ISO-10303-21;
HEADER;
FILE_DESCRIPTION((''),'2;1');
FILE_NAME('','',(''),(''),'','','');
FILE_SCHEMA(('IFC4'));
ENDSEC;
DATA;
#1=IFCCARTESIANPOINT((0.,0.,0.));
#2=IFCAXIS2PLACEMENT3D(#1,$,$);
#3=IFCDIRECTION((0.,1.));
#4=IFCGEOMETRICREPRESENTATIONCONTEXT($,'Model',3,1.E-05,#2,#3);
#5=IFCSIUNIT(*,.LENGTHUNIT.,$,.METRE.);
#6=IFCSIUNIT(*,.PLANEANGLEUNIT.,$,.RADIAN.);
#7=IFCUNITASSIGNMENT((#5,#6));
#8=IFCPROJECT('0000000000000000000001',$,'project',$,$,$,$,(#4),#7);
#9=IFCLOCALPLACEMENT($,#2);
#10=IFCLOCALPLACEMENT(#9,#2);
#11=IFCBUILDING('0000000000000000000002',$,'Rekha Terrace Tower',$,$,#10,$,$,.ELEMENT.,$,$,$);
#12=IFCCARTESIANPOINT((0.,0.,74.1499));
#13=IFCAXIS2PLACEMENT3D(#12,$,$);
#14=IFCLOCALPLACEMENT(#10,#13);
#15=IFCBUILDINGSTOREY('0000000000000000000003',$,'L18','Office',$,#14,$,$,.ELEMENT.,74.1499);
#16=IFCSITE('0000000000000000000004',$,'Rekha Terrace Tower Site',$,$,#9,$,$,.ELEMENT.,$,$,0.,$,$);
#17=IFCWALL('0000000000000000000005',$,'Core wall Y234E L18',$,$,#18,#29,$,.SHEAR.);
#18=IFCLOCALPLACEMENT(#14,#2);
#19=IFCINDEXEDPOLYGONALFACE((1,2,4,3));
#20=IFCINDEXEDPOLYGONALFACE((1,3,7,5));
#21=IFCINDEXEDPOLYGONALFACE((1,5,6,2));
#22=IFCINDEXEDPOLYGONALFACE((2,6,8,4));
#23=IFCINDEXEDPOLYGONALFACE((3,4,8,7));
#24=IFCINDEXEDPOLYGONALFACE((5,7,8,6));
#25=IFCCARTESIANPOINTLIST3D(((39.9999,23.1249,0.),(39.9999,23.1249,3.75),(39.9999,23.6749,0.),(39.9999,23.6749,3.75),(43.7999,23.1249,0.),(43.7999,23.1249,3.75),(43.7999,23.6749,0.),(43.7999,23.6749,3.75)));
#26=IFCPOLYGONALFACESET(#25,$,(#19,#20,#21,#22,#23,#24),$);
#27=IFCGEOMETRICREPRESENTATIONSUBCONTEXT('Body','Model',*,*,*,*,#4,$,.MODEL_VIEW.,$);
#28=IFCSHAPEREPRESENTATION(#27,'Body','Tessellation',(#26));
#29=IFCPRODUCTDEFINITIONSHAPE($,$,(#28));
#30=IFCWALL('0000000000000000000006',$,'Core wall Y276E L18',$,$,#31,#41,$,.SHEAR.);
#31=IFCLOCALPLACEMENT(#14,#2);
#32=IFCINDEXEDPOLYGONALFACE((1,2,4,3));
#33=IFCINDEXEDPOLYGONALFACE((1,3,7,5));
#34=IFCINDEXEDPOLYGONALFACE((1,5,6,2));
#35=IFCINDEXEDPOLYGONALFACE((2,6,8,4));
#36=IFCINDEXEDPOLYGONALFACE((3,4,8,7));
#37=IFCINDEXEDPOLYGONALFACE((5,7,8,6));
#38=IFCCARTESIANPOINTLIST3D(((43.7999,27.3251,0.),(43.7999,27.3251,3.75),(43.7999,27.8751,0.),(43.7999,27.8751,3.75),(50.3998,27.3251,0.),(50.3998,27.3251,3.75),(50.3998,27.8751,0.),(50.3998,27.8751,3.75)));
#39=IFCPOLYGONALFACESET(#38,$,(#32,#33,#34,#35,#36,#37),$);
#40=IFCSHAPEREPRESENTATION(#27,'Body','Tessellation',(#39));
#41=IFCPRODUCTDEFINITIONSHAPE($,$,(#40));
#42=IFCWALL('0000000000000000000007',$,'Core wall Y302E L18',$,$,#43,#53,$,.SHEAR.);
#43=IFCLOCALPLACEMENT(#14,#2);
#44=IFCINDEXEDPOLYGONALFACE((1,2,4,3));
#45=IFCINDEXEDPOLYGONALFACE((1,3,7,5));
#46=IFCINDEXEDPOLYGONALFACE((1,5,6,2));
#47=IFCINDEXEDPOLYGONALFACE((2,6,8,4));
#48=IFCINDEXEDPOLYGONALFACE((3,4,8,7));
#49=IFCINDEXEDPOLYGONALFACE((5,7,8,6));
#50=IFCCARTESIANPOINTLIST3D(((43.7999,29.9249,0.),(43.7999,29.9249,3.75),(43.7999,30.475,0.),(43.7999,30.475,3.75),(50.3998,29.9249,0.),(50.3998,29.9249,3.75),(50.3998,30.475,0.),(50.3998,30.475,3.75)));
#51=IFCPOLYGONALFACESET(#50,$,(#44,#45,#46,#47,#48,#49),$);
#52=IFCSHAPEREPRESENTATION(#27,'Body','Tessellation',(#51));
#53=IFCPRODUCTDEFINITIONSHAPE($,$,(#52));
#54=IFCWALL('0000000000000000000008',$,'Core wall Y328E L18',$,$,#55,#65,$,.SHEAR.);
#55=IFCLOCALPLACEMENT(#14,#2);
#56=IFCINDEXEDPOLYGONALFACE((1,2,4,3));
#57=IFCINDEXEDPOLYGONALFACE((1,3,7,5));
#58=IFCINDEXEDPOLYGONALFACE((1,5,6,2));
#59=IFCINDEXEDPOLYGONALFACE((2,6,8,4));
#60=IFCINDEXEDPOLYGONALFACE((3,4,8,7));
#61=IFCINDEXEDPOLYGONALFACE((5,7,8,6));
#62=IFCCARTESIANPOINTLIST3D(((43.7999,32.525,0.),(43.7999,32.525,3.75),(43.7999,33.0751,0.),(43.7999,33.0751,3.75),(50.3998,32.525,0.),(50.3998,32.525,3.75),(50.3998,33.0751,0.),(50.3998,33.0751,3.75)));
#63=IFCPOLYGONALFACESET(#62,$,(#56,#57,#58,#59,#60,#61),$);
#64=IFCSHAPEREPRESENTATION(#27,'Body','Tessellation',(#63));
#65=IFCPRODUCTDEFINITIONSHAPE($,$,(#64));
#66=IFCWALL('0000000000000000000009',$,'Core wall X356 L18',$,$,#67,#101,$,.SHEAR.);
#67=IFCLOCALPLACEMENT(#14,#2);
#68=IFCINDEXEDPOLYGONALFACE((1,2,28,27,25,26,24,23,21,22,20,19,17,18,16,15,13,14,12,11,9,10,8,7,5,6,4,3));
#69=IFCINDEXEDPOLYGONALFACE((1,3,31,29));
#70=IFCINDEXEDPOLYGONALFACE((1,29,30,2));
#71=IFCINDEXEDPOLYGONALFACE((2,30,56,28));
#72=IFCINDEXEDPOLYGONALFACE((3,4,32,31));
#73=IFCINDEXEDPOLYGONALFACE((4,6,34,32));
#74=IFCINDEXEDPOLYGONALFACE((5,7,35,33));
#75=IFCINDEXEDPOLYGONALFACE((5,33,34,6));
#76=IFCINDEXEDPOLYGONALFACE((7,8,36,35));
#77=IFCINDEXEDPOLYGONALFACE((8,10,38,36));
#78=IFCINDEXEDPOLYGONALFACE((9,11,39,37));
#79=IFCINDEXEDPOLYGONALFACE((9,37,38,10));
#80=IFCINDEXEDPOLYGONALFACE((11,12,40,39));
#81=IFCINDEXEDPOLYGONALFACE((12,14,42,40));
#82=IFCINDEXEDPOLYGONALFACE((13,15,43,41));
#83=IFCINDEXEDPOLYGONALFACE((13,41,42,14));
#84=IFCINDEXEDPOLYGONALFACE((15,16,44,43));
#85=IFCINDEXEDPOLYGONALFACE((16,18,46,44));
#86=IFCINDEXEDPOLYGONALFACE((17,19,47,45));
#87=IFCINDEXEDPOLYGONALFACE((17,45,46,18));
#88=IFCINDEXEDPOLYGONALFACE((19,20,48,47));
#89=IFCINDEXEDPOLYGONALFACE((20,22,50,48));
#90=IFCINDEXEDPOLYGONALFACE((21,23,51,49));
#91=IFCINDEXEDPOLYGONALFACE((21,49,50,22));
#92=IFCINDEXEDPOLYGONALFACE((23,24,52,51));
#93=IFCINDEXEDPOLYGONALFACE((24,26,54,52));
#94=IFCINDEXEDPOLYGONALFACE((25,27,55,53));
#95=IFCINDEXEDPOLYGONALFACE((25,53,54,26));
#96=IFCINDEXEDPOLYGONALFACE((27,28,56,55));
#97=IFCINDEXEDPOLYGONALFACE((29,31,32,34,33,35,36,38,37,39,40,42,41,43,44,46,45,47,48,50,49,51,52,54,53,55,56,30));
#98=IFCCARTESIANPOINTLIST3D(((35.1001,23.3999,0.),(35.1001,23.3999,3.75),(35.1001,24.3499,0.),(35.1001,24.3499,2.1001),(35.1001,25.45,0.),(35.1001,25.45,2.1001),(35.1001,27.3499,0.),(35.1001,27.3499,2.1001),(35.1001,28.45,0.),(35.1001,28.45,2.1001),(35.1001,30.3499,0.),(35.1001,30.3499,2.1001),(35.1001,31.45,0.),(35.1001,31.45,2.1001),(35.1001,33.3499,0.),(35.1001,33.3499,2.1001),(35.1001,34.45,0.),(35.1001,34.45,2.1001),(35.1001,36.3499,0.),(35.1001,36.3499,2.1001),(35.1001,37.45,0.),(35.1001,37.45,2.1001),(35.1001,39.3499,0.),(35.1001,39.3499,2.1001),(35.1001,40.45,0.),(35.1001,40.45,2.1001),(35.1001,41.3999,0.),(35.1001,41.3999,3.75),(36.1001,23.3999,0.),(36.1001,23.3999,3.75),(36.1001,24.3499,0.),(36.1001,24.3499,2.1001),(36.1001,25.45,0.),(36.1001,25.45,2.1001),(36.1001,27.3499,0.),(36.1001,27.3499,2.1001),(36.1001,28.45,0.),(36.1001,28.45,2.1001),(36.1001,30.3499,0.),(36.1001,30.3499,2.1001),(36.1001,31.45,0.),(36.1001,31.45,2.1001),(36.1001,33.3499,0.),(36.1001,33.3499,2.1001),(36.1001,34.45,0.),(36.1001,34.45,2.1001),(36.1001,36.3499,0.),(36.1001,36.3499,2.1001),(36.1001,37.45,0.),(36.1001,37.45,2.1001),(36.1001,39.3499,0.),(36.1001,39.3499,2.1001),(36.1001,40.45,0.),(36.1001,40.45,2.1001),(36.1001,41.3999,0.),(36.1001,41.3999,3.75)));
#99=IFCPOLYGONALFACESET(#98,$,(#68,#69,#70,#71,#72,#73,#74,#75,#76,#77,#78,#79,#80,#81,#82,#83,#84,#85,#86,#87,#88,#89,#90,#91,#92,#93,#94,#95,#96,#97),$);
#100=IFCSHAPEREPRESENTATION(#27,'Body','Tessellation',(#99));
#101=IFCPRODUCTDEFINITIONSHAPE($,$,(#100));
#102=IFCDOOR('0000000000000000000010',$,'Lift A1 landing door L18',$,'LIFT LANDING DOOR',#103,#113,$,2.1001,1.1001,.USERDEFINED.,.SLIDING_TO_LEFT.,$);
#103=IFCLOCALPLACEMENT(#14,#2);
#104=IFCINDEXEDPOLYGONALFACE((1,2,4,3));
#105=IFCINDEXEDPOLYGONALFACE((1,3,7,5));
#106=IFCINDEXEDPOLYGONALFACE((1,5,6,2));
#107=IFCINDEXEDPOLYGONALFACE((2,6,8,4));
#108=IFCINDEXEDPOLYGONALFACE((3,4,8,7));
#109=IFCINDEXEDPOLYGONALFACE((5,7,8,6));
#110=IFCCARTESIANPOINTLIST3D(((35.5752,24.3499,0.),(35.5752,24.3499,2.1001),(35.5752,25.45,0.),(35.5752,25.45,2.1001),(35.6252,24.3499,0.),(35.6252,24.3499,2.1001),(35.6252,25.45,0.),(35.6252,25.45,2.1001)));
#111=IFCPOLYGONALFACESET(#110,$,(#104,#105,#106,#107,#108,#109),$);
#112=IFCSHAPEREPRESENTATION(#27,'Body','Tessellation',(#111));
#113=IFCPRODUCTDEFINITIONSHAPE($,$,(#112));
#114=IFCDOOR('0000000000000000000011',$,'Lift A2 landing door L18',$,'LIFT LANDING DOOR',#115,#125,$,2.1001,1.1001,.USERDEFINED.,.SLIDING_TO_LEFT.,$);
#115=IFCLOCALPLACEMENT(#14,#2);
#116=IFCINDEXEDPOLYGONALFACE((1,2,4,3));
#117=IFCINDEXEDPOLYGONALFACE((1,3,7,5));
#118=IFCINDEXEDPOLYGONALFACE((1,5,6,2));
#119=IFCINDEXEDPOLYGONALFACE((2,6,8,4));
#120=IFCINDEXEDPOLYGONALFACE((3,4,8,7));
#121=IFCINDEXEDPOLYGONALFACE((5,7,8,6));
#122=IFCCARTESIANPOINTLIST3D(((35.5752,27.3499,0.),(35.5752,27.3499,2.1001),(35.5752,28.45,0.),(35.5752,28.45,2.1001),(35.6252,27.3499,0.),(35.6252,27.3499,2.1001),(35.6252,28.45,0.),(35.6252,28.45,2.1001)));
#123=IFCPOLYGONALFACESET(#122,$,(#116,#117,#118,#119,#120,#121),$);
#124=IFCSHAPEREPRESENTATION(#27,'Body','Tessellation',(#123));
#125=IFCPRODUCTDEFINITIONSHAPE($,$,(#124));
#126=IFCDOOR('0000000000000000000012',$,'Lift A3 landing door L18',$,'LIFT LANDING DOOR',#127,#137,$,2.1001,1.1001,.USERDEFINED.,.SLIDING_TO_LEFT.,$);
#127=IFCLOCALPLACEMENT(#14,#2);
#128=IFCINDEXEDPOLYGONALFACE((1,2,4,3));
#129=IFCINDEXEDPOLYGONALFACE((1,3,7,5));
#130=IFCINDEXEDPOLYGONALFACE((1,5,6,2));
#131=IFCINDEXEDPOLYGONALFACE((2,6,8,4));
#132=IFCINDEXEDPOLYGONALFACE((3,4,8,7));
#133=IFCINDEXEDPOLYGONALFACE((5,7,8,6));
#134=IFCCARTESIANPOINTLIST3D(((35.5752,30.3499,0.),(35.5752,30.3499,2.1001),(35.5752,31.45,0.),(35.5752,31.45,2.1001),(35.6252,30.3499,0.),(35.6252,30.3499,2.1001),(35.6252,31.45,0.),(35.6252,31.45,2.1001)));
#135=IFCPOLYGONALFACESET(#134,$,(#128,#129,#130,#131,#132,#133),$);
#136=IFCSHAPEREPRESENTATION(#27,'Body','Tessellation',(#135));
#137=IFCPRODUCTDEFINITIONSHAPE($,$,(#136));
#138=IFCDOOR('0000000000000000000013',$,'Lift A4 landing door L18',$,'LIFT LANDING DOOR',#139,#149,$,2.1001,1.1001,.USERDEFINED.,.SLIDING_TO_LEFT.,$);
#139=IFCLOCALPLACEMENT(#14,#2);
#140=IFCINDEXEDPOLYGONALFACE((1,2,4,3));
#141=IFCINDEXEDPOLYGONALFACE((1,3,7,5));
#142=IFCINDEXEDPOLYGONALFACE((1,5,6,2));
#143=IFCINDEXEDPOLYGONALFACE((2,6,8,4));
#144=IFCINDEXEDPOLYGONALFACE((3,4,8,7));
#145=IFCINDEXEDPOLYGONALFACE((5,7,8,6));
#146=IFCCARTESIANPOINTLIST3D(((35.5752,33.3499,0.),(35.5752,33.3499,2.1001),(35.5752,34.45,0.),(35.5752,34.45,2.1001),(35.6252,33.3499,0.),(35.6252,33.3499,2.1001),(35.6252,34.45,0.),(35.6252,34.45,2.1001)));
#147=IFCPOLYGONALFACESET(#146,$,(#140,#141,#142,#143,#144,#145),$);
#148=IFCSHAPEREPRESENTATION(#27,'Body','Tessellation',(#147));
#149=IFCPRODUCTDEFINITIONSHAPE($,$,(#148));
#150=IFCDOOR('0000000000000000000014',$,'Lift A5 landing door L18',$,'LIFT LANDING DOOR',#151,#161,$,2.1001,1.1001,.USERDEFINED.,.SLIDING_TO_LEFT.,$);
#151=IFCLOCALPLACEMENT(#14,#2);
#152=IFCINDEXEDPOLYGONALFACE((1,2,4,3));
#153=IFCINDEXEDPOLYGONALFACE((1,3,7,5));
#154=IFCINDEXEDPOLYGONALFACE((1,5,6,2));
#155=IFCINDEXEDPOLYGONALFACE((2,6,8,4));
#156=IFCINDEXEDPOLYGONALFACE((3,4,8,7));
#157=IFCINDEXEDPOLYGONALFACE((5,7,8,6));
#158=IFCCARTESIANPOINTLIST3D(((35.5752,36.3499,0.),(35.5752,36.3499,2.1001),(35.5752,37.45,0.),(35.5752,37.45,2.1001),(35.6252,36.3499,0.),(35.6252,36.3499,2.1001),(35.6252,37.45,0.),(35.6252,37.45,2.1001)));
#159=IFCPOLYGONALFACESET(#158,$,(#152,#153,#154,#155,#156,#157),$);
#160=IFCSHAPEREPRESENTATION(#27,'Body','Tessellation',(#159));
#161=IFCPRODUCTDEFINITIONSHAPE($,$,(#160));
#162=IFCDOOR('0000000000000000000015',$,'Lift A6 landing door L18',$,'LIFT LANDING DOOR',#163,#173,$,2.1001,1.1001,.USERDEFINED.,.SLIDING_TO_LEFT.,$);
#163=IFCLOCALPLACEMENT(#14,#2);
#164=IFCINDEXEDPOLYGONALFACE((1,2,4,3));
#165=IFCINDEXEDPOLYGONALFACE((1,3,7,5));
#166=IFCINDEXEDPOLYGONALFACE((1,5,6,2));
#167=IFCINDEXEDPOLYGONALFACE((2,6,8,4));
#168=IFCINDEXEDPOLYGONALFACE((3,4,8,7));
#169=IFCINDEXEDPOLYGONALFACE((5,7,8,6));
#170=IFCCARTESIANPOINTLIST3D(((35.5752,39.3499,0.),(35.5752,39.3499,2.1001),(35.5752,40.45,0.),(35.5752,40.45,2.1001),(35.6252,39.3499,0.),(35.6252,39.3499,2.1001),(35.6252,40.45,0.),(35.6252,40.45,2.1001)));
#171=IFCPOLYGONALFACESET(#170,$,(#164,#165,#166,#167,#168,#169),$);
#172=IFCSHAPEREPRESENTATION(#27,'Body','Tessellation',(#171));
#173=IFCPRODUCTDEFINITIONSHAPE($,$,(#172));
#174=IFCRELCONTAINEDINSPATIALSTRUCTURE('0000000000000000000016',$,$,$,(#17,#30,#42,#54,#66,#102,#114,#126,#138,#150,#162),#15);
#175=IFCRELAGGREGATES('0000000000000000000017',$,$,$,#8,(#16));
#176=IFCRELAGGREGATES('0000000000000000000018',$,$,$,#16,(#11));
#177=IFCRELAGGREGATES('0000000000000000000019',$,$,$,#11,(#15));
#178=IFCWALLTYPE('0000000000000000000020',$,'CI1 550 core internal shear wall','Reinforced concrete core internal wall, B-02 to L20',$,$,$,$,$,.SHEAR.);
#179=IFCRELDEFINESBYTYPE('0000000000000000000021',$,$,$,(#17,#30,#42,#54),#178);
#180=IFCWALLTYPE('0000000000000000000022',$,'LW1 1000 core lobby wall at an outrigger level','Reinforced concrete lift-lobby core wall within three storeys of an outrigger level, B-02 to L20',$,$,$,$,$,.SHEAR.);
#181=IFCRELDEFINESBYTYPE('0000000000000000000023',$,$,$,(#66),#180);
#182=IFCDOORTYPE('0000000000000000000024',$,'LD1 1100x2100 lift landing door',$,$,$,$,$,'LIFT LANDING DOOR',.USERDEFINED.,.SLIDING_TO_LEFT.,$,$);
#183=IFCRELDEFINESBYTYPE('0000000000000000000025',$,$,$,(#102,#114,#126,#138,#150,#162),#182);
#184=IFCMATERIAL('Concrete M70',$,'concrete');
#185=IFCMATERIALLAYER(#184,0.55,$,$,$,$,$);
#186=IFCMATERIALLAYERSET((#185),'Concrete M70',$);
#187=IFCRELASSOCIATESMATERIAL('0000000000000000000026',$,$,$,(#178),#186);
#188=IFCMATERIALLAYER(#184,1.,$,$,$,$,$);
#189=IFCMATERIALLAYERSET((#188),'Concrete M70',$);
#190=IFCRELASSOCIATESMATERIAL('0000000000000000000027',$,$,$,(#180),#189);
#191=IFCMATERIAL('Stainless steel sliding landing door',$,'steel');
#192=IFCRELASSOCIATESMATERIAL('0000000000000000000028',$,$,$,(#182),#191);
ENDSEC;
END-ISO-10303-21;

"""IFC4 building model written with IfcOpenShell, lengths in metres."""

from ifc_helpers import new_model, si_unit, direction, frame, frame_2d, origin, place, context, subcontext, project, spatial, rectangle, extrude, material, layer, layer_set, type_object, element, fill, save


model = new_model("IFC4")

# Units and contexts
model_context = context("Model", 3, precision=1e-05, world=origin(), true_north=direction((0.0, 1.0)))
body_context = subcontext(model_context, "Body", "Model", "MODEL_VIEW")
ifc_project = project(units=[si_unit("LENGTHUNIT", "METRE"), si_unit("PLANEANGLEUNIT", "RADIAN")], contexts=[model_context])

# Site, building, storey
site_placement = place(None, origin())
site = spatial("IfcSite", under=ifc_project, at=site_placement, Name="Rekha Terrace Tower Site", CompositionType="ELEMENT", RefElevation=0.0)
building_placement = place(site_placement, origin())
building = spatial("IfcBuilding", under=site, at=building_placement, Name="Rekha Terrace Tower", CompositionType="ELEMENT")
storey_placement = place(building_placement, frame((0.0, 0.0, 74.1499)))
storey = spatial("IfcBuildingStorey", under=building, at=storey_placement, Name="L18", Description="Office", CompositionType="ELEMENT", Elevation=74.1499)

# Walls
ifc_material_1 = material(Name="Concrete M70", Category="concrete")
ifc_layer_1 = layer(ifc_material_1, 0.55)
ifc_layer_set_1 = layer_set([ifc_layer_1], Name="Concrete M70")
wall_type_1 = type_object("IfcWallType", Name="CI1 550 core internal shear wall", Description="Reinforced concrete core internal wall, B-02 to L20", PredefinedType="SHEAR", material=ifc_layer_set_1)
wall_1_placement = place(storey_placement, frame((40.0, 23.3999, 0.0), z_axis=(0.0, 0.0, 1.0), x_axis=(1.0, 0.0, 0.0)))
element("IfcWall", 1, at=wall_1_placement, inside=storey, type_object=wall_type_1, Name="Core wall Y234E L18", PredefinedType="SHEAR", context=body_context, shape_type="SweptSolid", body=[
    extrude(rectangle(XDim=3.8, YDim=0.55, at=frame_2d((1.8999, 0.0))), origin(), (0.0, 0.0, 1.0), 3.75),
])
for number, where, z_axis, x_axis, name in (
    (2, (43.8, 27.6001, 0.0), (0.0, 0.0, 1.0), (1.0, 0.0, 0.0), "Core wall Y276E L18"),
    (3, (43.8, 30.2, 0.0), (0.0, 0.0, 1.0), (1.0, 0.0, 0.0), "Core wall Y302E L18"),
    (4, (43.8, 32.8, 0.0), (0.0, 0.0, 1.0), (1.0, 0.0, 0.0), "Core wall Y328E L18"),
):
    element("IfcWall", number, at=place(storey_placement, frame(where, z_axis=z_axis, x_axis=x_axis)), inside=storey, type_object=wall_type_1, Name=name, PredefinedType="SHEAR", context=body_context, shape_type="SweptSolid", body=[
        extrude(rectangle(XDim=6.5999, YDim=0.55, at=frame_2d((3.2998, 0.0))), origin(), (0.0, 0.0, 1.0), 3.75),
    ])

# Wall, openings, doors
ifc_layer_2 = layer(ifc_material_1, 1.0)
ifc_layer_set_2 = layer_set([ifc_layer_2], Name="Concrete M70")
wall_type_2 = type_object("IfcWallType", Name="LW1 1000 core lobby wall at an outrigger level", Description="Reinforced concrete lift-lobby core wall within three storeys of an outrigger level, B-02 to L20", PredefinedType="SHEAR", material=ifc_layer_set_2)
wall_2_placement = place(storey_placement, frame((35.6001, 23.3999, 0.0), z_axis=(0.0, 0.0, 1.0), x_axis=(0.0, 1.0, 0.0)))
wall_2 = element("IfcWall", 5, at=wall_2_placement, inside=storey, type_object=wall_type_2, Name="Core wall X356 L18", PredefinedType="SHEAR", context=body_context, shape_type="SweptSolid", body=[
    extrude(rectangle(XDim=18.0, YDim=1.0, at=frame_2d((9.0, 0.0))), origin(), (0.0, 0.0, 1.0), 3.75),
])
opening_1_placement = place(wall_2_placement, frame((0.95, 0.0, 0.0)))
opening_1 = element("IfcOpeningElement", 6, at=opening_1_placement, cuts=wall_2, PredefinedType="OPENING", context=body_context, shape_type="SweptSolid", body=[
    extrude(rectangle(XDim=1.1001, YDim=2.1001, at=frame_2d((0.55, 1.05))), frame((0.0, 0.51, 0.0), z_axis=(0.0, -1.0, 0.0), x_axis=(1.0, 0.0, 0.0)), (0.0, 0.0, 1.0), 1.02),
])
opening_2_placement = place(wall_2_placement, frame((3.95, 0.0, 0.0)))
opening_2 = element("IfcOpeningElement", 7, at=opening_2_placement, cuts=wall_2, PredefinedType="OPENING", context=body_context, shape_type="SweptSolid", body=[
    extrude(rectangle(XDim=1.1001, YDim=2.1001, at=frame_2d((0.55, 1.05))), frame((0.0, 0.51, 0.0), z_axis=(0.0, -1.0, 0.0), x_axis=(1.0, 0.0, 0.0)), (0.0, 0.0, 1.0), 1.02),
])
opening_3_placement = place(wall_2_placement, frame((6.95, 0.0, 0.0)))
opening_3 = element("IfcOpeningElement", 8, at=opening_3_placement, cuts=wall_2, PredefinedType="OPENING", context=body_context, shape_type="SweptSolid", body=[
    extrude(rectangle(XDim=1.1001, YDim=2.1001, at=frame_2d((0.55, 1.05))), frame((0.0, 0.51, 0.0), z_axis=(0.0, -1.0, 0.0), x_axis=(1.0, 0.0, 0.0)), (0.0, 0.0, 1.0), 1.02),
])
opening_4_placement = place(wall_2_placement, frame((9.95, 0.0, 0.0)))
opening_4 = element("IfcOpeningElement", 9, at=opening_4_placement, cuts=wall_2, PredefinedType="OPENING", context=body_context, shape_type="SweptSolid", body=[
    extrude(rectangle(XDim=1.1001, YDim=2.1001, at=frame_2d((0.55, 1.05))), frame((0.0, 0.51, 0.0), z_axis=(0.0, -1.0, 0.0), x_axis=(1.0, 0.0, 0.0)), (0.0, 0.0, 1.0), 1.02),
])
opening_5_placement = place(wall_2_placement, frame((12.95, 0.0, 0.0)))
opening_5 = element("IfcOpeningElement", 10, at=opening_5_placement, cuts=wall_2, PredefinedType="OPENING", context=body_context, shape_type="SweptSolid", body=[
    extrude(rectangle(XDim=1.1001, YDim=2.1001, at=frame_2d((0.55, 1.05))), frame((0.0, 0.51, 0.0), z_axis=(0.0, -1.0, 0.0), x_axis=(1.0, 0.0, 0.0)), (0.0, 0.0, 1.0), 1.02),
])
opening_6_placement = place(wall_2_placement, frame((15.95, 0.0, 0.0)))
opening_6 = element("IfcOpeningElement", 11, at=opening_6_placement, cuts=wall_2, PredefinedType="OPENING", context=body_context, shape_type="SweptSolid", body=[
    extrude(rectangle(XDim=1.1001, YDim=2.1001, at=frame_2d((0.55, 1.05))), frame((0.0, 0.51, 0.0), z_axis=(0.0, -1.0, 0.0), x_axis=(1.0, 0.0, 0.0)), (0.0, 0.0, 1.0), 1.02),
])
ifc_material_2 = material(Name="Stainless steel sliding landing door", Category="steel")
door_type_1 = type_object("IfcDoorType", Name="LD1 1100x2100 lift landing door", ElementType="LIFT LANDING DOOR", OperationType="SLIDING_TO_LEFT", PredefinedType="USERDEFINED", material=ifc_material_2)
door_1_placement = place(opening_1_placement, origin())
door_1 = element("IfcDoor", 12, at=door_1_placement, inside=storey, type_object=door_type_1, Name="Lift A1 landing door L18", ObjectType="LIFT LANDING DOOR", OperationType="SLIDING_TO_LEFT", OverallHeight=2.1001, OverallWidth=1.1001, PredefinedType="USERDEFINED", context=body_context, shape_type="SweptSolid", body=[
    extrude(rectangle(XDim=1.1001, YDim=2.1001, at=frame_2d((0.55, 1.05))), frame((0.0, 0.0249, 0.0), z_axis=(0.0, -1.0, 0.0), x_axis=(1.0, 0.0, 0.0)), (0.0, 0.0, 1.0), 0.05),
])
fill(opening_1, door_1)
door_2_placement = place(opening_2_placement, origin())
door_2 = element("IfcDoor", 13, at=door_2_placement, inside=storey, type_object=door_type_1, Name="Lift A2 landing door L18", ObjectType="LIFT LANDING DOOR", OperationType="SLIDING_TO_LEFT", OverallHeight=2.1001, OverallWidth=1.1001, PredefinedType="USERDEFINED", context=body_context, shape_type="SweptSolid", body=[
    extrude(rectangle(XDim=1.1001, YDim=2.1001, at=frame_2d((0.55, 1.05))), frame((0.0, 0.0249, 0.0), z_axis=(0.0, -1.0, 0.0), x_axis=(1.0, 0.0, 0.0)), (0.0, 0.0, 1.0), 0.05),
])
fill(opening_2, door_2)
door_3_placement = place(opening_3_placement, origin())
door_3 = element("IfcDoor", 14, at=door_3_placement, inside=storey, type_object=door_type_1, Name="Lift A3 landing door L18", ObjectType="LIFT LANDING DOOR", OperationType="SLIDING_TO_LEFT", OverallHeight=2.1001, OverallWidth=1.1001, PredefinedType="USERDEFINED", context=body_context, shape_type="SweptSolid", body=[
    extrude(rectangle(XDim=1.1001, YDim=2.1001, at=frame_2d((0.55, 1.05))), frame((0.0, 0.0249, 0.0), z_axis=(0.0, -1.0, 0.0), x_axis=(1.0, 0.0, 0.0)), (0.0, 0.0, 1.0), 0.05),
])
fill(opening_3, door_3)
door_4_placement = place(opening_4_placement, origin())
door_4 = element("IfcDoor", 15, at=door_4_placement, inside=storey, type_object=door_type_1, Name="Lift A4 landing door L18", ObjectType="LIFT LANDING DOOR", OperationType="SLIDING_TO_LEFT", OverallHeight=2.1001, OverallWidth=1.1001, PredefinedType="USERDEFINED", context=body_context, shape_type="SweptSolid", body=[
    extrude(rectangle(XDim=1.1001, YDim=2.1001, at=frame_2d((0.55, 1.05))), frame((0.0, 0.0249, 0.0), z_axis=(0.0, -1.0, 0.0), x_axis=(1.0, 0.0, 0.0)), (0.0, 0.0, 1.0), 0.05),
])
fill(opening_4, door_4)
door_5_placement = place(opening_5_placement, origin())
door_5 = element("IfcDoor", 16, at=door_5_placement, inside=storey, type_object=door_type_1, Name="Lift A5 landing door L18", ObjectType="LIFT LANDING DOOR", OperationType="SLIDING_TO_LEFT", OverallHeight=2.1001, OverallWidth=1.1001, PredefinedType="USERDEFINED", context=body_context, shape_type="SweptSolid", body=[
    extrude(rectangle(XDim=1.1001, YDim=2.1001, at=frame_2d((0.55, 1.05))), frame((0.0, 0.0249, 0.0), z_axis=(0.0, -1.0, 0.0), x_axis=(1.0, 0.0, 0.0)), (0.0, 0.0, 1.0), 0.05),
])
fill(opening_5, door_5)
door_6_placement = place(opening_6_placement, origin())
door_6 = element("IfcDoor", 17, at=door_6_placement, inside=storey, type_object=door_type_1, Name="Lift A6 landing door L18", ObjectType="LIFT LANDING DOOR", OperationType="SLIDING_TO_LEFT", OverallHeight=2.1001, OverallWidth=1.1001, PredefinedType="USERDEFINED", context=body_context, shape_type="SweptSolid", body=[
    extrude(rectangle(XDim=1.1001, YDim=2.1001, at=frame_2d((0.55, 1.05))), frame((0.0, 0.0249, 0.0), z_axis=(0.0, -1.0, 0.0), x_axis=(1.0, 0.0, 0.0)), (0.0, 0.0, 1.0), 0.05),
])
fill(opening_6, door_6)

save(model, "model.ifc")
